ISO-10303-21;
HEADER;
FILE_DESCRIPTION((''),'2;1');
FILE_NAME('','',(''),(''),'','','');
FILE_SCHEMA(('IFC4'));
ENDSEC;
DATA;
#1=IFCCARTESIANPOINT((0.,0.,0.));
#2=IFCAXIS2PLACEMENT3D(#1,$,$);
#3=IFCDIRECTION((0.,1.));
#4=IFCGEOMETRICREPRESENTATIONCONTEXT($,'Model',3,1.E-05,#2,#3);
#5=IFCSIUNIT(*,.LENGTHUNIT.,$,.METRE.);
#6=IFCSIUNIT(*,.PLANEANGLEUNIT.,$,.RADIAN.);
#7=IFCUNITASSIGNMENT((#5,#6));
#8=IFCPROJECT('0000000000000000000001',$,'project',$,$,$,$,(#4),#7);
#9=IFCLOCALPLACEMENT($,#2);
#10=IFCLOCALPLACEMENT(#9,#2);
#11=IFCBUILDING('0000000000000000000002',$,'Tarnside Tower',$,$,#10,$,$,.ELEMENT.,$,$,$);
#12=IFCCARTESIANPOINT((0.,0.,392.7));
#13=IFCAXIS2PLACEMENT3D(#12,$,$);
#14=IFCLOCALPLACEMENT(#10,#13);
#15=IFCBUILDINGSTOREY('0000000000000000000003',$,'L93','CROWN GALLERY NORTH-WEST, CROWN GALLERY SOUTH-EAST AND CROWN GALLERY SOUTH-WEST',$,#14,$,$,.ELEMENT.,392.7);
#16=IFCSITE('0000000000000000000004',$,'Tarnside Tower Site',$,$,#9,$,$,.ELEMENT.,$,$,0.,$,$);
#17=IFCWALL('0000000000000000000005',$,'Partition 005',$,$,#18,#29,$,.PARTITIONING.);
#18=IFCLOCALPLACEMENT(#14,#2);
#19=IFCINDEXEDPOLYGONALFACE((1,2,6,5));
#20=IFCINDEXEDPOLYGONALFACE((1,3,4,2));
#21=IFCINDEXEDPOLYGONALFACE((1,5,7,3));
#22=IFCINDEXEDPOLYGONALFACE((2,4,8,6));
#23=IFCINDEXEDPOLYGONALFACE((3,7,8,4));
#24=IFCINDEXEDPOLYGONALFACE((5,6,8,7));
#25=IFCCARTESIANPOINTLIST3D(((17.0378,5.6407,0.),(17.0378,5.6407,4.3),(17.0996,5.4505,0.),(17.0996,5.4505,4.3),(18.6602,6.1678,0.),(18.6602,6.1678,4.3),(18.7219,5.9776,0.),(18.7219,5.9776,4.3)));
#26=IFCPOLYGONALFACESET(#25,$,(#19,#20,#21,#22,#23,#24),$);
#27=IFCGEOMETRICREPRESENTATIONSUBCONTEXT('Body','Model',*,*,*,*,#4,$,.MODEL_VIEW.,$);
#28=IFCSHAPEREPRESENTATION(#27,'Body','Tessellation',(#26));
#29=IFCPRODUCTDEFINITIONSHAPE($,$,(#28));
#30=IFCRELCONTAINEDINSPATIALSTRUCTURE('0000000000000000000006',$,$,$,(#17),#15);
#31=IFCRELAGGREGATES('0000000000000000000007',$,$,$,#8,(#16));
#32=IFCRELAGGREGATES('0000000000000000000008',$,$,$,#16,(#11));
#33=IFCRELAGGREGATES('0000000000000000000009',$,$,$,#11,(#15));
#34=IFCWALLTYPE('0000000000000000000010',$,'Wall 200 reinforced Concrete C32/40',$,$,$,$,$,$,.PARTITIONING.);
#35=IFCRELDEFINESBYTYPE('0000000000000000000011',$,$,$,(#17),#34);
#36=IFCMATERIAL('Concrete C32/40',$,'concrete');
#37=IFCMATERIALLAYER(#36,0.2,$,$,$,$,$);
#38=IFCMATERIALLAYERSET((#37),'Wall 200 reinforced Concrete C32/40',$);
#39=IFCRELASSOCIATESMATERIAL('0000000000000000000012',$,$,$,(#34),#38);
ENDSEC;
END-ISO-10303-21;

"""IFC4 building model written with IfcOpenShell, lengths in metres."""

from ifc_helpers import new_model, si_unit, direction, frame, frame_2d, origin, place, context, subcontext, project, spatial, rectangle, extrude, material, layer, layer_set, type_object, element, save


model = new_model("IFC4")

# Units and contexts
model_context = context("Model", 3, precision=1e-05, world=origin(), true_north=direction((0.0, 1.0)))
body_context = subcontext(model_context, "Body", "Model", "MODEL_VIEW")
ifc_project = project(units=[si_unit("LENGTHUNIT", "METRE"), si_unit("PLANEANGLEUNIT", "RADIAN")], contexts=[model_context])

# Site, building, storey
site_placement = place(None, origin())
site = spatial("IfcSite", under=ifc_project, at=site_placement, Name="Tarnside Tower Site", CompositionType="ELEMENT", RefElevation=0.0)
building_placement = place(site_placement, origin())
building = spatial("IfcBuilding", under=site, at=building_placement, Name="Tarnside Tower", CompositionType="ELEMENT")
storey_placement = place(building_placement, frame((0.0, 0.0, 392.7)))
storey = spatial("IfcBuildingStorey", under=building, at=storey_placement, Name="L93", Description="CROWN GALLERY NORTH-WEST, CROWN GALLERY SOUTH-EAST AND CROWN GALLERY SOUTH-WEST", CompositionType="ELEMENT", Elevation=392.7)

# Wall
ifc_material_1 = material(Name="Concrete C32/40", Category="concrete")
ifc_layer_1 = layer(ifc_material_1, 0.2)
ifc_layer_set_1 = layer_set([ifc_layer_1], Name="Wall 200 reinforced Concrete C32/40")
wall_type_1 = type_object("IfcWallType", Name="Wall 200 reinforced Concrete C32/40", PredefinedType="PARTITIONING", material=ifc_layer_set_1)
wall_1_placement = place(storey_placement, frame((18.6912, 6.0728, 0.0), z_axis=(0.0, 0.0, 1.0), x_axis=(-0.95106, -0.309005, 0.0)))
element("IfcWall", 1, at=wall_1_placement, inside=storey, type_object=wall_type_1, Name="Partition 005", PredefinedType="PARTITIONING", context=body_context, shape_type="SweptSolid", body=[
    extrude(rectangle(XDim=1.7058, YDim=0.2, at=frame_2d((0.853, 0.0))), origin(), (0.0, 0.0, 1.0), 4.3),
])

save(model, "model.ifc")
